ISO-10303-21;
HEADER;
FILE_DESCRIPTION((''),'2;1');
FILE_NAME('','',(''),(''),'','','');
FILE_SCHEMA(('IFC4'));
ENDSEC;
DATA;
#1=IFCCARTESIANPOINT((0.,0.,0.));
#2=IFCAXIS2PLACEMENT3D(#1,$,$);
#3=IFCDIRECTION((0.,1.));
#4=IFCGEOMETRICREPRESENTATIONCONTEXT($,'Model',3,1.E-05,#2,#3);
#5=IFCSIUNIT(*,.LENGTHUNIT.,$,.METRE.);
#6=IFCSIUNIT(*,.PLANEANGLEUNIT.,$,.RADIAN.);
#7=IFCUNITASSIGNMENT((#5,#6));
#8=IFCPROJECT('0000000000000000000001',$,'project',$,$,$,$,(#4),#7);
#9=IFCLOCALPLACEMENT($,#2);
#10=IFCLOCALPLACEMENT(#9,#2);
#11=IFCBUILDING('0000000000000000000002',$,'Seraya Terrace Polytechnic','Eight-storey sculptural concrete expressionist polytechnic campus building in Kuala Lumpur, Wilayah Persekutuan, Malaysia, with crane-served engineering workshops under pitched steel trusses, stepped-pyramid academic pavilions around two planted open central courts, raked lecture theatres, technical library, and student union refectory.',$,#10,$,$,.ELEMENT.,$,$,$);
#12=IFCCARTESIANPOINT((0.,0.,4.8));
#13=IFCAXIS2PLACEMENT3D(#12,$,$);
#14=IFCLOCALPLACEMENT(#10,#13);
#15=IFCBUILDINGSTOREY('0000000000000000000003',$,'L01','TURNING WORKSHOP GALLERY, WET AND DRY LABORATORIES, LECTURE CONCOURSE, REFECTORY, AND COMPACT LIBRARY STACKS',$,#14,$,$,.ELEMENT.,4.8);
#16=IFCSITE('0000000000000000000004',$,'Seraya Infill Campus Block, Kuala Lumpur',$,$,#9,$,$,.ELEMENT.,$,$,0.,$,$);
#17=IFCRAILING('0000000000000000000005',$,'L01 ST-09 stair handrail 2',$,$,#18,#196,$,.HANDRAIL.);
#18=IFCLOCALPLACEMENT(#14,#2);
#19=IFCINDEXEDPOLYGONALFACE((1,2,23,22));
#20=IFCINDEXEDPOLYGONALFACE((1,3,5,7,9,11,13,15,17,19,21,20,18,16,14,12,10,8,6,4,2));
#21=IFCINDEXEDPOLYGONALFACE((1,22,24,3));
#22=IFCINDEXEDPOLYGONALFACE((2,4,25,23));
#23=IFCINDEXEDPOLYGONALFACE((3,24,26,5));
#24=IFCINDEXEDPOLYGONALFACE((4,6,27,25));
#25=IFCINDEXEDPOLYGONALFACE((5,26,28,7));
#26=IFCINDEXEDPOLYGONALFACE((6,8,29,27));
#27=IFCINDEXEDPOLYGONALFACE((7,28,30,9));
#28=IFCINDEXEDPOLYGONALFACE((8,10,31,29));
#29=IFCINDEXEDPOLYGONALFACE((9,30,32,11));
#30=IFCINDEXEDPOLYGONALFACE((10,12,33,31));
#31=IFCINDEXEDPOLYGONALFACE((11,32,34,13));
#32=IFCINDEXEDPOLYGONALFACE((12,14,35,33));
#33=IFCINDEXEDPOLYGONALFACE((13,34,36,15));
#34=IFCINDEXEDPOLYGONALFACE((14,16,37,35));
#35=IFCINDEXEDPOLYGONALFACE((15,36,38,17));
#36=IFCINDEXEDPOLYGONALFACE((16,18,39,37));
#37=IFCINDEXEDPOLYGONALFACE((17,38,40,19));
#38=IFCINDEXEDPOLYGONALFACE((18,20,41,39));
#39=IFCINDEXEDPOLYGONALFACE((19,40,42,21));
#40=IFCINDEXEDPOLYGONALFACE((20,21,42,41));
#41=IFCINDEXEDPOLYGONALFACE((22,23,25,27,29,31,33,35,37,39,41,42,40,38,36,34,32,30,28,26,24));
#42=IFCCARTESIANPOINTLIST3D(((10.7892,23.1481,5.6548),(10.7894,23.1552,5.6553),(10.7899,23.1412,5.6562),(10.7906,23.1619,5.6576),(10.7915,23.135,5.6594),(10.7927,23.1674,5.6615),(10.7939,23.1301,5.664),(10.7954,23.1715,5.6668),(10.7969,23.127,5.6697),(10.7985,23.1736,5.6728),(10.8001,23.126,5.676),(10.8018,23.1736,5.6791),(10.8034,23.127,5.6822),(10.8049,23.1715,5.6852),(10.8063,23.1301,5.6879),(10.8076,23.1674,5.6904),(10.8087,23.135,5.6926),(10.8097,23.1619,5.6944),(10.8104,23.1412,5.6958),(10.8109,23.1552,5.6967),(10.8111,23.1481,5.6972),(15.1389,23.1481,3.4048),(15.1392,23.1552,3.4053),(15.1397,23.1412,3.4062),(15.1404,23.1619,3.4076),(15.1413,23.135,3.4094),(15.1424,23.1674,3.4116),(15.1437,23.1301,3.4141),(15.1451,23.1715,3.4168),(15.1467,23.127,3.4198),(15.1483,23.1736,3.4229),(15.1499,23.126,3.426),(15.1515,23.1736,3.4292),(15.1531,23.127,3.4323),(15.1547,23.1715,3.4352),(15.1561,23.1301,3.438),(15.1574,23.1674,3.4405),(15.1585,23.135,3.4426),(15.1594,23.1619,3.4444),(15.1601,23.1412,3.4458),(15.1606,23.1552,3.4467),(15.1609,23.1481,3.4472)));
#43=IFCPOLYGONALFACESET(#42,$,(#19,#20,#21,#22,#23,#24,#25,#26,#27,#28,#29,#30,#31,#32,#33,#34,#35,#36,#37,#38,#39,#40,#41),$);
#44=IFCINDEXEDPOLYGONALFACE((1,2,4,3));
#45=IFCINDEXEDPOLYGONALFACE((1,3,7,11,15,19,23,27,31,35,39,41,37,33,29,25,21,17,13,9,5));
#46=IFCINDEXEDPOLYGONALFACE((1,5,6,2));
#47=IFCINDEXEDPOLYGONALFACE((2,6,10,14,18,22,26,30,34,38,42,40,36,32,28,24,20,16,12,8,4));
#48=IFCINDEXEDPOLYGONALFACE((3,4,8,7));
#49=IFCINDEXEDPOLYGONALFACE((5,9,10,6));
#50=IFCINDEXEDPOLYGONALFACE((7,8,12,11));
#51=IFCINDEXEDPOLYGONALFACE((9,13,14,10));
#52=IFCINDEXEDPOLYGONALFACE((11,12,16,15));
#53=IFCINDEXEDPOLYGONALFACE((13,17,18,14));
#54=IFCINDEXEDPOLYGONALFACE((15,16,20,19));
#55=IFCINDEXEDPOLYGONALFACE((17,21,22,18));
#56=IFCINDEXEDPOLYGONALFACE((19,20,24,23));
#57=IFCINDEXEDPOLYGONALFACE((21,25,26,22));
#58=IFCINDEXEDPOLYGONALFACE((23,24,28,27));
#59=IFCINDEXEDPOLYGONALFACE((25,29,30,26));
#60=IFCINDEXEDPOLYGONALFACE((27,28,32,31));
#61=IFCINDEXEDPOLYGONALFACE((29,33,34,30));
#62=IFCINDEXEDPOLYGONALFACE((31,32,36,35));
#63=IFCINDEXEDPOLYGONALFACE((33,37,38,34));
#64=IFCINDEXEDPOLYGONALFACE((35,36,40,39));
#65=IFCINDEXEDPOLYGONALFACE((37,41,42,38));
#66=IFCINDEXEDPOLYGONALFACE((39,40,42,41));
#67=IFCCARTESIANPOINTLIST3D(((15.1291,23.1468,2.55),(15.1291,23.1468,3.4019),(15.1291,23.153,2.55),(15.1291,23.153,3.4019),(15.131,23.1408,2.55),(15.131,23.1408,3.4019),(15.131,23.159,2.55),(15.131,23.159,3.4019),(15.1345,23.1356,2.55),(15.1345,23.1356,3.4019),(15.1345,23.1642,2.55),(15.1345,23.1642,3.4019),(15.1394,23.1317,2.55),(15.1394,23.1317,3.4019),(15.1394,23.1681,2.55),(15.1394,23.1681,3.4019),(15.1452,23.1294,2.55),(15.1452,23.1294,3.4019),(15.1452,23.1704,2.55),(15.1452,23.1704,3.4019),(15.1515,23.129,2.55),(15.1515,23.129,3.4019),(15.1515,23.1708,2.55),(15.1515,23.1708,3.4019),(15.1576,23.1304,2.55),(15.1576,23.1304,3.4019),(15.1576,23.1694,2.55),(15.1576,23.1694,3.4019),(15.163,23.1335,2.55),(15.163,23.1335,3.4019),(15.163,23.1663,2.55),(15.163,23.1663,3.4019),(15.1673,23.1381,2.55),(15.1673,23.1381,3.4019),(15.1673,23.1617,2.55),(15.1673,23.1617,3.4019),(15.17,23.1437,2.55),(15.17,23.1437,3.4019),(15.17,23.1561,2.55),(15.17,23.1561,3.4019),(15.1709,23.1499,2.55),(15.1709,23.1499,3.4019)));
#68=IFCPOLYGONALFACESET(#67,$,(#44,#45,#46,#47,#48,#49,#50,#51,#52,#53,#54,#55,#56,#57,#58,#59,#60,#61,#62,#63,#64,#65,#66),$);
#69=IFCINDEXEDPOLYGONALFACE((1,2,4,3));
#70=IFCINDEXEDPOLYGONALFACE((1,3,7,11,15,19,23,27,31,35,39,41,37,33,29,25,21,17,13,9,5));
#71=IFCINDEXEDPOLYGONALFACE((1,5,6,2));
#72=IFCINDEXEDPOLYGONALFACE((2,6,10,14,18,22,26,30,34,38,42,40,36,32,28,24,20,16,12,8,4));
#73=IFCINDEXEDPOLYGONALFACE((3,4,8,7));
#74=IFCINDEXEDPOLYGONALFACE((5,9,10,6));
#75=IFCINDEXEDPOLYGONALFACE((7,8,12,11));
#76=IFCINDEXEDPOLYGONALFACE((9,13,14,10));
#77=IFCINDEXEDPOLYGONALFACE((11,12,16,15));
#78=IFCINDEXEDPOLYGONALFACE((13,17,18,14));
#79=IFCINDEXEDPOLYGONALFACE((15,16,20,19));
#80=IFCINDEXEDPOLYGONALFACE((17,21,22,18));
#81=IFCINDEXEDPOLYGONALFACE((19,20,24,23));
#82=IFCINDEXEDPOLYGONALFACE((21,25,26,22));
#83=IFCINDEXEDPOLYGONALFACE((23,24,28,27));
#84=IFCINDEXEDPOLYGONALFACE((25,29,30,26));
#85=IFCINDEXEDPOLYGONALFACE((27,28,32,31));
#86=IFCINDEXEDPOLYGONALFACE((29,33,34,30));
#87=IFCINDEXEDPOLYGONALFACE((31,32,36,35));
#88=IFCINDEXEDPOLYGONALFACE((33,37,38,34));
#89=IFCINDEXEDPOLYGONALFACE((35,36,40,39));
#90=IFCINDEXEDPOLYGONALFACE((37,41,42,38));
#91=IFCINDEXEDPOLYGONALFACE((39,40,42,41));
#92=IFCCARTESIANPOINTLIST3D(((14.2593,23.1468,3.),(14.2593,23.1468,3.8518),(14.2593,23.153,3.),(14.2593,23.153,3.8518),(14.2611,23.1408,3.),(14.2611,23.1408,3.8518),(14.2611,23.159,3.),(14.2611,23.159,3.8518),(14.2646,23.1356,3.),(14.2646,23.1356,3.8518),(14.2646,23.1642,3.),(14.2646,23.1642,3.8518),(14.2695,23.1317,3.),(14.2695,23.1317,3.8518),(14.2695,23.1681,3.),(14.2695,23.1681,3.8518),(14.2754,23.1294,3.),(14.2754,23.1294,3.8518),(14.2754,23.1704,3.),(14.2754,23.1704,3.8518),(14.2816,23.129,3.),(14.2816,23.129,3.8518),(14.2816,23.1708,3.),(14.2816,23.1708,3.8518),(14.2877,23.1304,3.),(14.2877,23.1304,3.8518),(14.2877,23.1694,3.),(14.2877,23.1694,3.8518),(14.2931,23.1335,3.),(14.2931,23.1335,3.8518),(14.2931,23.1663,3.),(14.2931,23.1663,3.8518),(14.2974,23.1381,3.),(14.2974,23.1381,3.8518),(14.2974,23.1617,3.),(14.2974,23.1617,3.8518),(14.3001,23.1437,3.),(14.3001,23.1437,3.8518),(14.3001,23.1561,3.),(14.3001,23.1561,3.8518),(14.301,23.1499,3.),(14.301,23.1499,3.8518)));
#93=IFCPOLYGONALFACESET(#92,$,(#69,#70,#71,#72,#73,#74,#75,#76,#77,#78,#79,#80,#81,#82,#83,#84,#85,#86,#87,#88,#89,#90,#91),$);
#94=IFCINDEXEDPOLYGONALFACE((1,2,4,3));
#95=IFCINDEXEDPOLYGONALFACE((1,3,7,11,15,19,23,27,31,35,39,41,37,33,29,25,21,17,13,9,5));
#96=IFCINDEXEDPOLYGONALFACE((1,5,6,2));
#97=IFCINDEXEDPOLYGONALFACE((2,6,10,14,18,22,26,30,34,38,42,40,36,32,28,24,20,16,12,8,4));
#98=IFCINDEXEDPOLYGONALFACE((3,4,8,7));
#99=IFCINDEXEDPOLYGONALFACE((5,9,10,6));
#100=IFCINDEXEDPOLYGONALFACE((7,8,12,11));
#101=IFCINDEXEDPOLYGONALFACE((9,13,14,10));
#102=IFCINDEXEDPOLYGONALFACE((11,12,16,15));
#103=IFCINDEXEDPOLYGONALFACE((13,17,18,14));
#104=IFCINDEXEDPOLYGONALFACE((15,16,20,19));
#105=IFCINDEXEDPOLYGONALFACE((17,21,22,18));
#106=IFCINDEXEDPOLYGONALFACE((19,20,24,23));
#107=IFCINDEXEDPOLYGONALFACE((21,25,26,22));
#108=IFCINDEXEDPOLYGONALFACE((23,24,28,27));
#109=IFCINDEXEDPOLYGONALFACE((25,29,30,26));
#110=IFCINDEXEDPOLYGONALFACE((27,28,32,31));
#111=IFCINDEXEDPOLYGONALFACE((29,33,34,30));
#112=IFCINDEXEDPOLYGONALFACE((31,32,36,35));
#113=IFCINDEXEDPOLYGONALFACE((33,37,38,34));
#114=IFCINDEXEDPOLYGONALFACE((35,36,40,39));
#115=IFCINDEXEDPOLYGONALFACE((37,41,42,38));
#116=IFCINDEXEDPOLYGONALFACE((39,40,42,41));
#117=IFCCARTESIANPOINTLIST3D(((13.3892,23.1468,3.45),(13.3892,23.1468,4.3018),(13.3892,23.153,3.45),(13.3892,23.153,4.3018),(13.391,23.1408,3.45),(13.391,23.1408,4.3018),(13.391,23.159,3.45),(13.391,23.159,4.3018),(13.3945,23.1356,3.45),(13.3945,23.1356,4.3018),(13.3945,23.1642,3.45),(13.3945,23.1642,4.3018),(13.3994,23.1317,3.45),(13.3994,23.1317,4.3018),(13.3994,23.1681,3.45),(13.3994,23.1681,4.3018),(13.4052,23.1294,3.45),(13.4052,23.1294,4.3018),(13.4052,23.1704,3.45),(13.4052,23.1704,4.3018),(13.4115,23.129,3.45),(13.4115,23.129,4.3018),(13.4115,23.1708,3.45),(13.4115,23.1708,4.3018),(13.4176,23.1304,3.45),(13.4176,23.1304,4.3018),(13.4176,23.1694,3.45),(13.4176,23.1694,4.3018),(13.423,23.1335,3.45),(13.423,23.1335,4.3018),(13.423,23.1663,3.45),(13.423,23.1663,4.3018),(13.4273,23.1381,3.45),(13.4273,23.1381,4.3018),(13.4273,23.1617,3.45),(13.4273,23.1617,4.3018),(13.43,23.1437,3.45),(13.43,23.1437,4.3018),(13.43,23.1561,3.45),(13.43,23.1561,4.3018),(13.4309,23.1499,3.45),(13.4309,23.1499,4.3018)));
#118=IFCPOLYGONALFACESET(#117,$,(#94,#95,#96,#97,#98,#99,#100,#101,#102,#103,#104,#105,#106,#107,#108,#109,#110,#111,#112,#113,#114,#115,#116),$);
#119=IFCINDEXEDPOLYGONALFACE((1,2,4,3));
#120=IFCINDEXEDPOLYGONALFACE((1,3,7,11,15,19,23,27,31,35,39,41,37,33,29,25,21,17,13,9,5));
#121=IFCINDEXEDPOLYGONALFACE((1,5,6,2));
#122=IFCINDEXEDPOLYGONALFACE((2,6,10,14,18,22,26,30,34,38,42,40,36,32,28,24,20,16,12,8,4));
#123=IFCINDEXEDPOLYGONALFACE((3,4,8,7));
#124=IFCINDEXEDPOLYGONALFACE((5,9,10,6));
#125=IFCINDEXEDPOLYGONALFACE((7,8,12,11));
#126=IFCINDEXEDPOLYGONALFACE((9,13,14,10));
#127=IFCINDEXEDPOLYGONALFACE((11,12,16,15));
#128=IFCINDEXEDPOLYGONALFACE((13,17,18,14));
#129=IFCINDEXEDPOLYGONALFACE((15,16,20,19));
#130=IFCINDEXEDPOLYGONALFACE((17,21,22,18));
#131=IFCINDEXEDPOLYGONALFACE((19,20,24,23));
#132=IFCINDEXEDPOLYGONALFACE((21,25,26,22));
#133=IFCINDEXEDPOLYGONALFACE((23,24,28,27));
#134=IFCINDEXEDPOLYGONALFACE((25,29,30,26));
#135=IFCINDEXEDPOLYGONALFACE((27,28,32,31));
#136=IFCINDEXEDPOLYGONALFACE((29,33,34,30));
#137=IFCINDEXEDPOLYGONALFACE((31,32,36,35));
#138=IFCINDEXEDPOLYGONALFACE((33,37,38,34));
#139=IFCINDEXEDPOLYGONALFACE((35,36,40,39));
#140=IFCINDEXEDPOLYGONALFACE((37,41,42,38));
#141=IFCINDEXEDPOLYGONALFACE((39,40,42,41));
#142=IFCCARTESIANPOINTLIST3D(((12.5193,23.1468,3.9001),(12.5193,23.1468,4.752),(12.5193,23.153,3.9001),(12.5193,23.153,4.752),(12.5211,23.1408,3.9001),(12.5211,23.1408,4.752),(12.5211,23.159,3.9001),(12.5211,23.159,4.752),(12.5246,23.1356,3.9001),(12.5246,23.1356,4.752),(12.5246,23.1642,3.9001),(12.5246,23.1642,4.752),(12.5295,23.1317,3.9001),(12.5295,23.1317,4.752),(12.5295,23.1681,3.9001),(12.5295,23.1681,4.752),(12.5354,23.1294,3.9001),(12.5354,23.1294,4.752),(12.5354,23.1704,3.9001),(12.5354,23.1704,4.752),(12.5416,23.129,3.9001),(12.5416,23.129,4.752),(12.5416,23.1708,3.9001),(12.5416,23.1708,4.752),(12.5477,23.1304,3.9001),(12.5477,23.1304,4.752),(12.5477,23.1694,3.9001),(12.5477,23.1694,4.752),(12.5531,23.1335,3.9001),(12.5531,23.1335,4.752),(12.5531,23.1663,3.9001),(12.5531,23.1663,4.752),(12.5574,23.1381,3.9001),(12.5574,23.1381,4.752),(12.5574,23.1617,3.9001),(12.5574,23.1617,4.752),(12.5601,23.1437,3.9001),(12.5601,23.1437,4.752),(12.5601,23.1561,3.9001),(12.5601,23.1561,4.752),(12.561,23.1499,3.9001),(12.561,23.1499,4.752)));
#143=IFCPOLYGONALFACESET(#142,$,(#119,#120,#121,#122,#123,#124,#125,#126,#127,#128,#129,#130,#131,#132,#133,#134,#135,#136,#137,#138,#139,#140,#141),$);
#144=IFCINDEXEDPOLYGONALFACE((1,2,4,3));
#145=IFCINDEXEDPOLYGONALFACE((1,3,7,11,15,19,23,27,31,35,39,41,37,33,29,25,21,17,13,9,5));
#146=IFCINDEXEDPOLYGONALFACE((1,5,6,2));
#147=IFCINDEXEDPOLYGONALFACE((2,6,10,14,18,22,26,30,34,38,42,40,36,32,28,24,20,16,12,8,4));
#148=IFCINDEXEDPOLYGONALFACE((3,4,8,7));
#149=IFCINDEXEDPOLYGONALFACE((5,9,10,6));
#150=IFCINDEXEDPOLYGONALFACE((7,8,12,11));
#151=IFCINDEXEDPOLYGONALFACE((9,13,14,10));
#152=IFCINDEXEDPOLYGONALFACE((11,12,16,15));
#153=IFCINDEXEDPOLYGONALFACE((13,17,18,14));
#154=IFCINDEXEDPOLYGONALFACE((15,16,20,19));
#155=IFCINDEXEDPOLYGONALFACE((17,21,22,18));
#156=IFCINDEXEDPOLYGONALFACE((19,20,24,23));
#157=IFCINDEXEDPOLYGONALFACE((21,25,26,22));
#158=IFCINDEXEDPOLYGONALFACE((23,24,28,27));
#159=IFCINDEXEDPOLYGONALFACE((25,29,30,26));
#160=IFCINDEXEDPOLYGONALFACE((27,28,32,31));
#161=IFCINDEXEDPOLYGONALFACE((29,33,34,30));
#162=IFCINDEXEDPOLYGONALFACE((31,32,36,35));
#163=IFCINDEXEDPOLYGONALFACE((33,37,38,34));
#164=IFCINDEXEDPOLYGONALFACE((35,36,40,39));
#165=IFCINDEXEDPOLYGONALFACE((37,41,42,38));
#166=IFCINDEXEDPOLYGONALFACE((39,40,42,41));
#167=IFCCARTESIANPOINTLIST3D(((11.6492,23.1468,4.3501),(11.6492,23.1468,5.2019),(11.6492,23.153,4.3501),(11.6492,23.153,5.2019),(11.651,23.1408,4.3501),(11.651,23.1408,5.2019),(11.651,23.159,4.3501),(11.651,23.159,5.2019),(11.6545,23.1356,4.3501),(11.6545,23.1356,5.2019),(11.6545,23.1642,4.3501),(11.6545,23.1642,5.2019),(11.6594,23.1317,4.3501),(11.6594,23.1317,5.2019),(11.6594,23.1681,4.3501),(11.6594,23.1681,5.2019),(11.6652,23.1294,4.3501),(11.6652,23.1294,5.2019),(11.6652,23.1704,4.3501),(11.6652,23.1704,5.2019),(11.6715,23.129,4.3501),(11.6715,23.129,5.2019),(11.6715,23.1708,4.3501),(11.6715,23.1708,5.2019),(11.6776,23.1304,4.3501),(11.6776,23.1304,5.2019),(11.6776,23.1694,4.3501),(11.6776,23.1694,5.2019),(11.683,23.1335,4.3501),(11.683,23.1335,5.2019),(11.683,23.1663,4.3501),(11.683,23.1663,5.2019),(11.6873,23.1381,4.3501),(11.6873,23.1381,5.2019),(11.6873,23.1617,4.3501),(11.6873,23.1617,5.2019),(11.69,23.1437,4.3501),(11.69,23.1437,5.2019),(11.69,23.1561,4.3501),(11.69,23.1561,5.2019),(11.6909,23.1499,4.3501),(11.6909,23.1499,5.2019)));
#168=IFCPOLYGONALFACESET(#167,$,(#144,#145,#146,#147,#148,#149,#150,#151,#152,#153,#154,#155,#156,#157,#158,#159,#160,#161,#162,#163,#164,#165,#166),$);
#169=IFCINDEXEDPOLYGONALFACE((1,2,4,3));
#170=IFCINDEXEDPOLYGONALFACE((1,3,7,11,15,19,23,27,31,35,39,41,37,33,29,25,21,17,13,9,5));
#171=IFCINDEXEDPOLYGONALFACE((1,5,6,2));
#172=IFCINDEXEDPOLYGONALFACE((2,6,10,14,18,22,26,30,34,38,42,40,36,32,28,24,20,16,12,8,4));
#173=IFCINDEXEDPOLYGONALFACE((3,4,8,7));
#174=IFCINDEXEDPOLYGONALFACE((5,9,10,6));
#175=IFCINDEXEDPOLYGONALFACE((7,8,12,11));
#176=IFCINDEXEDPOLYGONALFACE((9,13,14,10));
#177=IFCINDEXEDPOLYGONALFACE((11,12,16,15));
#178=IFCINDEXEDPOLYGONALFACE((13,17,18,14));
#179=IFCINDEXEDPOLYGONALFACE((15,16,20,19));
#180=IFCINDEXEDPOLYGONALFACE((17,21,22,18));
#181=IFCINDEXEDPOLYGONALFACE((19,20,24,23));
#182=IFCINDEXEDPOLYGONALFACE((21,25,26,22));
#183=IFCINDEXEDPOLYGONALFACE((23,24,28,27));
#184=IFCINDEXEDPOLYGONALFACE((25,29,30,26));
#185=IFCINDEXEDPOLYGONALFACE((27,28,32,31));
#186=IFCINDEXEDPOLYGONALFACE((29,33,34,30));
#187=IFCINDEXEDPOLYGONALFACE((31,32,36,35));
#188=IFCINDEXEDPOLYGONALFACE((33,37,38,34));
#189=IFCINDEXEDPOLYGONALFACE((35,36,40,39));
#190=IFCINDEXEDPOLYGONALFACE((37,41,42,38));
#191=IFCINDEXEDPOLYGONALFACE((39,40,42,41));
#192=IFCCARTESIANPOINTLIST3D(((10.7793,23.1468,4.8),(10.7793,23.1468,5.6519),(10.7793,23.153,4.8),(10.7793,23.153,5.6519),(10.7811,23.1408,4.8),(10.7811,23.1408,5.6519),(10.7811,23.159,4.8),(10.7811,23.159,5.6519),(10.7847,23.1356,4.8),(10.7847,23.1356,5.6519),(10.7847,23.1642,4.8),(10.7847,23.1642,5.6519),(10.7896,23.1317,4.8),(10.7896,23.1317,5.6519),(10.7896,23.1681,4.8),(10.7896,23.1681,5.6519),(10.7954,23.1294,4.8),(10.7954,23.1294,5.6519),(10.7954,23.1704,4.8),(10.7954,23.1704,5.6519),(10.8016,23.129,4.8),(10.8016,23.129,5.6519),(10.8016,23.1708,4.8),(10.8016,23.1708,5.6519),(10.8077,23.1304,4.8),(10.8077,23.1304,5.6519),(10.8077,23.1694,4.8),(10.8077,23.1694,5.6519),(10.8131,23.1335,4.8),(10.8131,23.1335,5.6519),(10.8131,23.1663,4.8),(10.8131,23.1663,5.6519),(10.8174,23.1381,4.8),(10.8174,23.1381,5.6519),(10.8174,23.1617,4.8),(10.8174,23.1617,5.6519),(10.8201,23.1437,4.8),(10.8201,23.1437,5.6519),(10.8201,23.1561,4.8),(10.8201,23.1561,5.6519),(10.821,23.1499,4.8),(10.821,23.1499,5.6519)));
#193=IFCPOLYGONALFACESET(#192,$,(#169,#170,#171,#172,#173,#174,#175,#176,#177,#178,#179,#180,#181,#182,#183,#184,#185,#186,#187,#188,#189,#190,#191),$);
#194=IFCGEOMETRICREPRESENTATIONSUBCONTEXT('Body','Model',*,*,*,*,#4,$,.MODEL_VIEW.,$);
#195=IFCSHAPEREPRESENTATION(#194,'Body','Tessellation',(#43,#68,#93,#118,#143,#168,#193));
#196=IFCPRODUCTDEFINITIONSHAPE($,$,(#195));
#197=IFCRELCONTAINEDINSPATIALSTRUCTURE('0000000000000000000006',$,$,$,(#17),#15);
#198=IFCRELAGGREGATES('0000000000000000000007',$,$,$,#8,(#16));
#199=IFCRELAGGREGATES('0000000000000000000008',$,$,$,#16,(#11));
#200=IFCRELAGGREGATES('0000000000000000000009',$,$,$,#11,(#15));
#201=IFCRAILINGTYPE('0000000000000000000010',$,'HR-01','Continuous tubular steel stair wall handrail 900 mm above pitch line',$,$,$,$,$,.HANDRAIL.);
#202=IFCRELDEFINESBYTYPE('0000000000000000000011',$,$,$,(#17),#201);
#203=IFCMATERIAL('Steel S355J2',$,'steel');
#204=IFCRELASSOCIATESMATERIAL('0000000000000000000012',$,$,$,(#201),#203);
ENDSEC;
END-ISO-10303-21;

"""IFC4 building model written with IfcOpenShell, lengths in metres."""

from ifc_helpers import new_model, si_unit, direction, frame, origin, origin_2d, place, context, subcontext, project, spatial, circle, extrude, material, type_object, element, save


model = new_model("IFC4")

# Units and contexts
model_context = context("Model", 3, precision=1e-05, world=origin(), true_north=direction((0.0, 1.0)))
body_context = subcontext(model_context, "Body", "Model", "MODEL_VIEW")
ifc_project = project(units=[si_unit("LENGTHUNIT", "METRE"), si_unit("PLANEANGLEUNIT", "RADIAN")], contexts=[model_context])

# Site, building, storey
site_placement = place(None, origin())
site = spatial("IfcSite", under=ifc_project, at=site_placement, Name="Seraya Infill Campus Block, Kuala Lumpur", CompositionType="ELEMENT", RefElevation=0.0)
building_placement = place(site_placement, origin())
building = spatial("IfcBuilding", under=site, at=building_placement, Name="Seraya Terrace Polytechnic", Description="Eight-storey sculptural concrete expressionist polytechnic campus building in Kuala Lumpur, Wilayah Persekutuan, Malaysia, with crane-served engineering workshops under pitched steel trusses, stepped-pyramid academic pavilions around two planted open central courts, raked lecture theatres, technical library, and student union refectory.", CompositionType="ELEMENT")
storey_placement = place(building_placement, frame((0.0, 0.0, 4.8)))
storey = spatial("IfcBuildingStorey", under=building, at=storey_placement, Name="L01", Description="TURNING WORKSHOP GALLERY, WET AND DRY LABORATORIES, LECTURE CONCOURSE, REFECTORY, AND COMPACT LIBRARY STACKS", CompositionType="ELEMENT", Elevation=4.8)

# Railing
ifc_material_1 = material(Name="Steel S355J2", Category="steel")
railing_type_1 = type_object("IfcRailingType", Name="HR-01", Description="Continuous tubular steel stair wall handrail 900 mm above pitch line", PredefinedType="HANDRAIL", material=ifc_material_1)
railing_1_placement = place(storey_placement, frame((15.1499, 23.1499, 2.55)))
element("IfcRailing", 1, at=railing_1_placement, inside=storey, type_object=railing_type_1, Name="L01 ST-09 stair handrail 2", PredefinedType="HANDRAIL", context=body_context, shape_type="SweptSolid", body=[
    extrude(circle(Radius=0.0239, at=origin_2d()), frame((0.0, 0.0, 0.876), z_axis=(-0.888211, 0.0, 0.459435), x_axis=(0.0, -1.0, 0.0)), (0.0, 0.0, 1.0), 4.8972),
    extrude(circle(Radius=0.021, at=origin_2d()), origin(), (0.0, 0.0, 1.0), 0.8518),
    extrude(circle(Radius=0.021, at=origin_2d()), frame((-0.8699, 0.0, 0.45)), (0.0, 0.0, 1.0), 0.8518),
    extrude(circle(Radius=0.021, at=origin_2d()), frame((-1.74, 0.0, 0.8999)), (0.0, 0.0, 1.0), 0.8518),
    extrude(circle(Radius=0.021, at=origin_2d()), frame((-2.6099, 0.0, 1.3501)), (0.0, 0.0, 1.0), 0.8518),
    extrude(circle(Radius=0.021, at=origin_2d()), frame((-3.48, 0.0, 1.8)), (0.0, 0.0, 1.0), 0.8518),
    extrude(circle(Radius=0.021, at=origin_2d()), frame((-4.3499, 0.0, 2.25)), (0.0, 0.0, 1.0), 0.8518),
])

save(model, "model.ifc")
